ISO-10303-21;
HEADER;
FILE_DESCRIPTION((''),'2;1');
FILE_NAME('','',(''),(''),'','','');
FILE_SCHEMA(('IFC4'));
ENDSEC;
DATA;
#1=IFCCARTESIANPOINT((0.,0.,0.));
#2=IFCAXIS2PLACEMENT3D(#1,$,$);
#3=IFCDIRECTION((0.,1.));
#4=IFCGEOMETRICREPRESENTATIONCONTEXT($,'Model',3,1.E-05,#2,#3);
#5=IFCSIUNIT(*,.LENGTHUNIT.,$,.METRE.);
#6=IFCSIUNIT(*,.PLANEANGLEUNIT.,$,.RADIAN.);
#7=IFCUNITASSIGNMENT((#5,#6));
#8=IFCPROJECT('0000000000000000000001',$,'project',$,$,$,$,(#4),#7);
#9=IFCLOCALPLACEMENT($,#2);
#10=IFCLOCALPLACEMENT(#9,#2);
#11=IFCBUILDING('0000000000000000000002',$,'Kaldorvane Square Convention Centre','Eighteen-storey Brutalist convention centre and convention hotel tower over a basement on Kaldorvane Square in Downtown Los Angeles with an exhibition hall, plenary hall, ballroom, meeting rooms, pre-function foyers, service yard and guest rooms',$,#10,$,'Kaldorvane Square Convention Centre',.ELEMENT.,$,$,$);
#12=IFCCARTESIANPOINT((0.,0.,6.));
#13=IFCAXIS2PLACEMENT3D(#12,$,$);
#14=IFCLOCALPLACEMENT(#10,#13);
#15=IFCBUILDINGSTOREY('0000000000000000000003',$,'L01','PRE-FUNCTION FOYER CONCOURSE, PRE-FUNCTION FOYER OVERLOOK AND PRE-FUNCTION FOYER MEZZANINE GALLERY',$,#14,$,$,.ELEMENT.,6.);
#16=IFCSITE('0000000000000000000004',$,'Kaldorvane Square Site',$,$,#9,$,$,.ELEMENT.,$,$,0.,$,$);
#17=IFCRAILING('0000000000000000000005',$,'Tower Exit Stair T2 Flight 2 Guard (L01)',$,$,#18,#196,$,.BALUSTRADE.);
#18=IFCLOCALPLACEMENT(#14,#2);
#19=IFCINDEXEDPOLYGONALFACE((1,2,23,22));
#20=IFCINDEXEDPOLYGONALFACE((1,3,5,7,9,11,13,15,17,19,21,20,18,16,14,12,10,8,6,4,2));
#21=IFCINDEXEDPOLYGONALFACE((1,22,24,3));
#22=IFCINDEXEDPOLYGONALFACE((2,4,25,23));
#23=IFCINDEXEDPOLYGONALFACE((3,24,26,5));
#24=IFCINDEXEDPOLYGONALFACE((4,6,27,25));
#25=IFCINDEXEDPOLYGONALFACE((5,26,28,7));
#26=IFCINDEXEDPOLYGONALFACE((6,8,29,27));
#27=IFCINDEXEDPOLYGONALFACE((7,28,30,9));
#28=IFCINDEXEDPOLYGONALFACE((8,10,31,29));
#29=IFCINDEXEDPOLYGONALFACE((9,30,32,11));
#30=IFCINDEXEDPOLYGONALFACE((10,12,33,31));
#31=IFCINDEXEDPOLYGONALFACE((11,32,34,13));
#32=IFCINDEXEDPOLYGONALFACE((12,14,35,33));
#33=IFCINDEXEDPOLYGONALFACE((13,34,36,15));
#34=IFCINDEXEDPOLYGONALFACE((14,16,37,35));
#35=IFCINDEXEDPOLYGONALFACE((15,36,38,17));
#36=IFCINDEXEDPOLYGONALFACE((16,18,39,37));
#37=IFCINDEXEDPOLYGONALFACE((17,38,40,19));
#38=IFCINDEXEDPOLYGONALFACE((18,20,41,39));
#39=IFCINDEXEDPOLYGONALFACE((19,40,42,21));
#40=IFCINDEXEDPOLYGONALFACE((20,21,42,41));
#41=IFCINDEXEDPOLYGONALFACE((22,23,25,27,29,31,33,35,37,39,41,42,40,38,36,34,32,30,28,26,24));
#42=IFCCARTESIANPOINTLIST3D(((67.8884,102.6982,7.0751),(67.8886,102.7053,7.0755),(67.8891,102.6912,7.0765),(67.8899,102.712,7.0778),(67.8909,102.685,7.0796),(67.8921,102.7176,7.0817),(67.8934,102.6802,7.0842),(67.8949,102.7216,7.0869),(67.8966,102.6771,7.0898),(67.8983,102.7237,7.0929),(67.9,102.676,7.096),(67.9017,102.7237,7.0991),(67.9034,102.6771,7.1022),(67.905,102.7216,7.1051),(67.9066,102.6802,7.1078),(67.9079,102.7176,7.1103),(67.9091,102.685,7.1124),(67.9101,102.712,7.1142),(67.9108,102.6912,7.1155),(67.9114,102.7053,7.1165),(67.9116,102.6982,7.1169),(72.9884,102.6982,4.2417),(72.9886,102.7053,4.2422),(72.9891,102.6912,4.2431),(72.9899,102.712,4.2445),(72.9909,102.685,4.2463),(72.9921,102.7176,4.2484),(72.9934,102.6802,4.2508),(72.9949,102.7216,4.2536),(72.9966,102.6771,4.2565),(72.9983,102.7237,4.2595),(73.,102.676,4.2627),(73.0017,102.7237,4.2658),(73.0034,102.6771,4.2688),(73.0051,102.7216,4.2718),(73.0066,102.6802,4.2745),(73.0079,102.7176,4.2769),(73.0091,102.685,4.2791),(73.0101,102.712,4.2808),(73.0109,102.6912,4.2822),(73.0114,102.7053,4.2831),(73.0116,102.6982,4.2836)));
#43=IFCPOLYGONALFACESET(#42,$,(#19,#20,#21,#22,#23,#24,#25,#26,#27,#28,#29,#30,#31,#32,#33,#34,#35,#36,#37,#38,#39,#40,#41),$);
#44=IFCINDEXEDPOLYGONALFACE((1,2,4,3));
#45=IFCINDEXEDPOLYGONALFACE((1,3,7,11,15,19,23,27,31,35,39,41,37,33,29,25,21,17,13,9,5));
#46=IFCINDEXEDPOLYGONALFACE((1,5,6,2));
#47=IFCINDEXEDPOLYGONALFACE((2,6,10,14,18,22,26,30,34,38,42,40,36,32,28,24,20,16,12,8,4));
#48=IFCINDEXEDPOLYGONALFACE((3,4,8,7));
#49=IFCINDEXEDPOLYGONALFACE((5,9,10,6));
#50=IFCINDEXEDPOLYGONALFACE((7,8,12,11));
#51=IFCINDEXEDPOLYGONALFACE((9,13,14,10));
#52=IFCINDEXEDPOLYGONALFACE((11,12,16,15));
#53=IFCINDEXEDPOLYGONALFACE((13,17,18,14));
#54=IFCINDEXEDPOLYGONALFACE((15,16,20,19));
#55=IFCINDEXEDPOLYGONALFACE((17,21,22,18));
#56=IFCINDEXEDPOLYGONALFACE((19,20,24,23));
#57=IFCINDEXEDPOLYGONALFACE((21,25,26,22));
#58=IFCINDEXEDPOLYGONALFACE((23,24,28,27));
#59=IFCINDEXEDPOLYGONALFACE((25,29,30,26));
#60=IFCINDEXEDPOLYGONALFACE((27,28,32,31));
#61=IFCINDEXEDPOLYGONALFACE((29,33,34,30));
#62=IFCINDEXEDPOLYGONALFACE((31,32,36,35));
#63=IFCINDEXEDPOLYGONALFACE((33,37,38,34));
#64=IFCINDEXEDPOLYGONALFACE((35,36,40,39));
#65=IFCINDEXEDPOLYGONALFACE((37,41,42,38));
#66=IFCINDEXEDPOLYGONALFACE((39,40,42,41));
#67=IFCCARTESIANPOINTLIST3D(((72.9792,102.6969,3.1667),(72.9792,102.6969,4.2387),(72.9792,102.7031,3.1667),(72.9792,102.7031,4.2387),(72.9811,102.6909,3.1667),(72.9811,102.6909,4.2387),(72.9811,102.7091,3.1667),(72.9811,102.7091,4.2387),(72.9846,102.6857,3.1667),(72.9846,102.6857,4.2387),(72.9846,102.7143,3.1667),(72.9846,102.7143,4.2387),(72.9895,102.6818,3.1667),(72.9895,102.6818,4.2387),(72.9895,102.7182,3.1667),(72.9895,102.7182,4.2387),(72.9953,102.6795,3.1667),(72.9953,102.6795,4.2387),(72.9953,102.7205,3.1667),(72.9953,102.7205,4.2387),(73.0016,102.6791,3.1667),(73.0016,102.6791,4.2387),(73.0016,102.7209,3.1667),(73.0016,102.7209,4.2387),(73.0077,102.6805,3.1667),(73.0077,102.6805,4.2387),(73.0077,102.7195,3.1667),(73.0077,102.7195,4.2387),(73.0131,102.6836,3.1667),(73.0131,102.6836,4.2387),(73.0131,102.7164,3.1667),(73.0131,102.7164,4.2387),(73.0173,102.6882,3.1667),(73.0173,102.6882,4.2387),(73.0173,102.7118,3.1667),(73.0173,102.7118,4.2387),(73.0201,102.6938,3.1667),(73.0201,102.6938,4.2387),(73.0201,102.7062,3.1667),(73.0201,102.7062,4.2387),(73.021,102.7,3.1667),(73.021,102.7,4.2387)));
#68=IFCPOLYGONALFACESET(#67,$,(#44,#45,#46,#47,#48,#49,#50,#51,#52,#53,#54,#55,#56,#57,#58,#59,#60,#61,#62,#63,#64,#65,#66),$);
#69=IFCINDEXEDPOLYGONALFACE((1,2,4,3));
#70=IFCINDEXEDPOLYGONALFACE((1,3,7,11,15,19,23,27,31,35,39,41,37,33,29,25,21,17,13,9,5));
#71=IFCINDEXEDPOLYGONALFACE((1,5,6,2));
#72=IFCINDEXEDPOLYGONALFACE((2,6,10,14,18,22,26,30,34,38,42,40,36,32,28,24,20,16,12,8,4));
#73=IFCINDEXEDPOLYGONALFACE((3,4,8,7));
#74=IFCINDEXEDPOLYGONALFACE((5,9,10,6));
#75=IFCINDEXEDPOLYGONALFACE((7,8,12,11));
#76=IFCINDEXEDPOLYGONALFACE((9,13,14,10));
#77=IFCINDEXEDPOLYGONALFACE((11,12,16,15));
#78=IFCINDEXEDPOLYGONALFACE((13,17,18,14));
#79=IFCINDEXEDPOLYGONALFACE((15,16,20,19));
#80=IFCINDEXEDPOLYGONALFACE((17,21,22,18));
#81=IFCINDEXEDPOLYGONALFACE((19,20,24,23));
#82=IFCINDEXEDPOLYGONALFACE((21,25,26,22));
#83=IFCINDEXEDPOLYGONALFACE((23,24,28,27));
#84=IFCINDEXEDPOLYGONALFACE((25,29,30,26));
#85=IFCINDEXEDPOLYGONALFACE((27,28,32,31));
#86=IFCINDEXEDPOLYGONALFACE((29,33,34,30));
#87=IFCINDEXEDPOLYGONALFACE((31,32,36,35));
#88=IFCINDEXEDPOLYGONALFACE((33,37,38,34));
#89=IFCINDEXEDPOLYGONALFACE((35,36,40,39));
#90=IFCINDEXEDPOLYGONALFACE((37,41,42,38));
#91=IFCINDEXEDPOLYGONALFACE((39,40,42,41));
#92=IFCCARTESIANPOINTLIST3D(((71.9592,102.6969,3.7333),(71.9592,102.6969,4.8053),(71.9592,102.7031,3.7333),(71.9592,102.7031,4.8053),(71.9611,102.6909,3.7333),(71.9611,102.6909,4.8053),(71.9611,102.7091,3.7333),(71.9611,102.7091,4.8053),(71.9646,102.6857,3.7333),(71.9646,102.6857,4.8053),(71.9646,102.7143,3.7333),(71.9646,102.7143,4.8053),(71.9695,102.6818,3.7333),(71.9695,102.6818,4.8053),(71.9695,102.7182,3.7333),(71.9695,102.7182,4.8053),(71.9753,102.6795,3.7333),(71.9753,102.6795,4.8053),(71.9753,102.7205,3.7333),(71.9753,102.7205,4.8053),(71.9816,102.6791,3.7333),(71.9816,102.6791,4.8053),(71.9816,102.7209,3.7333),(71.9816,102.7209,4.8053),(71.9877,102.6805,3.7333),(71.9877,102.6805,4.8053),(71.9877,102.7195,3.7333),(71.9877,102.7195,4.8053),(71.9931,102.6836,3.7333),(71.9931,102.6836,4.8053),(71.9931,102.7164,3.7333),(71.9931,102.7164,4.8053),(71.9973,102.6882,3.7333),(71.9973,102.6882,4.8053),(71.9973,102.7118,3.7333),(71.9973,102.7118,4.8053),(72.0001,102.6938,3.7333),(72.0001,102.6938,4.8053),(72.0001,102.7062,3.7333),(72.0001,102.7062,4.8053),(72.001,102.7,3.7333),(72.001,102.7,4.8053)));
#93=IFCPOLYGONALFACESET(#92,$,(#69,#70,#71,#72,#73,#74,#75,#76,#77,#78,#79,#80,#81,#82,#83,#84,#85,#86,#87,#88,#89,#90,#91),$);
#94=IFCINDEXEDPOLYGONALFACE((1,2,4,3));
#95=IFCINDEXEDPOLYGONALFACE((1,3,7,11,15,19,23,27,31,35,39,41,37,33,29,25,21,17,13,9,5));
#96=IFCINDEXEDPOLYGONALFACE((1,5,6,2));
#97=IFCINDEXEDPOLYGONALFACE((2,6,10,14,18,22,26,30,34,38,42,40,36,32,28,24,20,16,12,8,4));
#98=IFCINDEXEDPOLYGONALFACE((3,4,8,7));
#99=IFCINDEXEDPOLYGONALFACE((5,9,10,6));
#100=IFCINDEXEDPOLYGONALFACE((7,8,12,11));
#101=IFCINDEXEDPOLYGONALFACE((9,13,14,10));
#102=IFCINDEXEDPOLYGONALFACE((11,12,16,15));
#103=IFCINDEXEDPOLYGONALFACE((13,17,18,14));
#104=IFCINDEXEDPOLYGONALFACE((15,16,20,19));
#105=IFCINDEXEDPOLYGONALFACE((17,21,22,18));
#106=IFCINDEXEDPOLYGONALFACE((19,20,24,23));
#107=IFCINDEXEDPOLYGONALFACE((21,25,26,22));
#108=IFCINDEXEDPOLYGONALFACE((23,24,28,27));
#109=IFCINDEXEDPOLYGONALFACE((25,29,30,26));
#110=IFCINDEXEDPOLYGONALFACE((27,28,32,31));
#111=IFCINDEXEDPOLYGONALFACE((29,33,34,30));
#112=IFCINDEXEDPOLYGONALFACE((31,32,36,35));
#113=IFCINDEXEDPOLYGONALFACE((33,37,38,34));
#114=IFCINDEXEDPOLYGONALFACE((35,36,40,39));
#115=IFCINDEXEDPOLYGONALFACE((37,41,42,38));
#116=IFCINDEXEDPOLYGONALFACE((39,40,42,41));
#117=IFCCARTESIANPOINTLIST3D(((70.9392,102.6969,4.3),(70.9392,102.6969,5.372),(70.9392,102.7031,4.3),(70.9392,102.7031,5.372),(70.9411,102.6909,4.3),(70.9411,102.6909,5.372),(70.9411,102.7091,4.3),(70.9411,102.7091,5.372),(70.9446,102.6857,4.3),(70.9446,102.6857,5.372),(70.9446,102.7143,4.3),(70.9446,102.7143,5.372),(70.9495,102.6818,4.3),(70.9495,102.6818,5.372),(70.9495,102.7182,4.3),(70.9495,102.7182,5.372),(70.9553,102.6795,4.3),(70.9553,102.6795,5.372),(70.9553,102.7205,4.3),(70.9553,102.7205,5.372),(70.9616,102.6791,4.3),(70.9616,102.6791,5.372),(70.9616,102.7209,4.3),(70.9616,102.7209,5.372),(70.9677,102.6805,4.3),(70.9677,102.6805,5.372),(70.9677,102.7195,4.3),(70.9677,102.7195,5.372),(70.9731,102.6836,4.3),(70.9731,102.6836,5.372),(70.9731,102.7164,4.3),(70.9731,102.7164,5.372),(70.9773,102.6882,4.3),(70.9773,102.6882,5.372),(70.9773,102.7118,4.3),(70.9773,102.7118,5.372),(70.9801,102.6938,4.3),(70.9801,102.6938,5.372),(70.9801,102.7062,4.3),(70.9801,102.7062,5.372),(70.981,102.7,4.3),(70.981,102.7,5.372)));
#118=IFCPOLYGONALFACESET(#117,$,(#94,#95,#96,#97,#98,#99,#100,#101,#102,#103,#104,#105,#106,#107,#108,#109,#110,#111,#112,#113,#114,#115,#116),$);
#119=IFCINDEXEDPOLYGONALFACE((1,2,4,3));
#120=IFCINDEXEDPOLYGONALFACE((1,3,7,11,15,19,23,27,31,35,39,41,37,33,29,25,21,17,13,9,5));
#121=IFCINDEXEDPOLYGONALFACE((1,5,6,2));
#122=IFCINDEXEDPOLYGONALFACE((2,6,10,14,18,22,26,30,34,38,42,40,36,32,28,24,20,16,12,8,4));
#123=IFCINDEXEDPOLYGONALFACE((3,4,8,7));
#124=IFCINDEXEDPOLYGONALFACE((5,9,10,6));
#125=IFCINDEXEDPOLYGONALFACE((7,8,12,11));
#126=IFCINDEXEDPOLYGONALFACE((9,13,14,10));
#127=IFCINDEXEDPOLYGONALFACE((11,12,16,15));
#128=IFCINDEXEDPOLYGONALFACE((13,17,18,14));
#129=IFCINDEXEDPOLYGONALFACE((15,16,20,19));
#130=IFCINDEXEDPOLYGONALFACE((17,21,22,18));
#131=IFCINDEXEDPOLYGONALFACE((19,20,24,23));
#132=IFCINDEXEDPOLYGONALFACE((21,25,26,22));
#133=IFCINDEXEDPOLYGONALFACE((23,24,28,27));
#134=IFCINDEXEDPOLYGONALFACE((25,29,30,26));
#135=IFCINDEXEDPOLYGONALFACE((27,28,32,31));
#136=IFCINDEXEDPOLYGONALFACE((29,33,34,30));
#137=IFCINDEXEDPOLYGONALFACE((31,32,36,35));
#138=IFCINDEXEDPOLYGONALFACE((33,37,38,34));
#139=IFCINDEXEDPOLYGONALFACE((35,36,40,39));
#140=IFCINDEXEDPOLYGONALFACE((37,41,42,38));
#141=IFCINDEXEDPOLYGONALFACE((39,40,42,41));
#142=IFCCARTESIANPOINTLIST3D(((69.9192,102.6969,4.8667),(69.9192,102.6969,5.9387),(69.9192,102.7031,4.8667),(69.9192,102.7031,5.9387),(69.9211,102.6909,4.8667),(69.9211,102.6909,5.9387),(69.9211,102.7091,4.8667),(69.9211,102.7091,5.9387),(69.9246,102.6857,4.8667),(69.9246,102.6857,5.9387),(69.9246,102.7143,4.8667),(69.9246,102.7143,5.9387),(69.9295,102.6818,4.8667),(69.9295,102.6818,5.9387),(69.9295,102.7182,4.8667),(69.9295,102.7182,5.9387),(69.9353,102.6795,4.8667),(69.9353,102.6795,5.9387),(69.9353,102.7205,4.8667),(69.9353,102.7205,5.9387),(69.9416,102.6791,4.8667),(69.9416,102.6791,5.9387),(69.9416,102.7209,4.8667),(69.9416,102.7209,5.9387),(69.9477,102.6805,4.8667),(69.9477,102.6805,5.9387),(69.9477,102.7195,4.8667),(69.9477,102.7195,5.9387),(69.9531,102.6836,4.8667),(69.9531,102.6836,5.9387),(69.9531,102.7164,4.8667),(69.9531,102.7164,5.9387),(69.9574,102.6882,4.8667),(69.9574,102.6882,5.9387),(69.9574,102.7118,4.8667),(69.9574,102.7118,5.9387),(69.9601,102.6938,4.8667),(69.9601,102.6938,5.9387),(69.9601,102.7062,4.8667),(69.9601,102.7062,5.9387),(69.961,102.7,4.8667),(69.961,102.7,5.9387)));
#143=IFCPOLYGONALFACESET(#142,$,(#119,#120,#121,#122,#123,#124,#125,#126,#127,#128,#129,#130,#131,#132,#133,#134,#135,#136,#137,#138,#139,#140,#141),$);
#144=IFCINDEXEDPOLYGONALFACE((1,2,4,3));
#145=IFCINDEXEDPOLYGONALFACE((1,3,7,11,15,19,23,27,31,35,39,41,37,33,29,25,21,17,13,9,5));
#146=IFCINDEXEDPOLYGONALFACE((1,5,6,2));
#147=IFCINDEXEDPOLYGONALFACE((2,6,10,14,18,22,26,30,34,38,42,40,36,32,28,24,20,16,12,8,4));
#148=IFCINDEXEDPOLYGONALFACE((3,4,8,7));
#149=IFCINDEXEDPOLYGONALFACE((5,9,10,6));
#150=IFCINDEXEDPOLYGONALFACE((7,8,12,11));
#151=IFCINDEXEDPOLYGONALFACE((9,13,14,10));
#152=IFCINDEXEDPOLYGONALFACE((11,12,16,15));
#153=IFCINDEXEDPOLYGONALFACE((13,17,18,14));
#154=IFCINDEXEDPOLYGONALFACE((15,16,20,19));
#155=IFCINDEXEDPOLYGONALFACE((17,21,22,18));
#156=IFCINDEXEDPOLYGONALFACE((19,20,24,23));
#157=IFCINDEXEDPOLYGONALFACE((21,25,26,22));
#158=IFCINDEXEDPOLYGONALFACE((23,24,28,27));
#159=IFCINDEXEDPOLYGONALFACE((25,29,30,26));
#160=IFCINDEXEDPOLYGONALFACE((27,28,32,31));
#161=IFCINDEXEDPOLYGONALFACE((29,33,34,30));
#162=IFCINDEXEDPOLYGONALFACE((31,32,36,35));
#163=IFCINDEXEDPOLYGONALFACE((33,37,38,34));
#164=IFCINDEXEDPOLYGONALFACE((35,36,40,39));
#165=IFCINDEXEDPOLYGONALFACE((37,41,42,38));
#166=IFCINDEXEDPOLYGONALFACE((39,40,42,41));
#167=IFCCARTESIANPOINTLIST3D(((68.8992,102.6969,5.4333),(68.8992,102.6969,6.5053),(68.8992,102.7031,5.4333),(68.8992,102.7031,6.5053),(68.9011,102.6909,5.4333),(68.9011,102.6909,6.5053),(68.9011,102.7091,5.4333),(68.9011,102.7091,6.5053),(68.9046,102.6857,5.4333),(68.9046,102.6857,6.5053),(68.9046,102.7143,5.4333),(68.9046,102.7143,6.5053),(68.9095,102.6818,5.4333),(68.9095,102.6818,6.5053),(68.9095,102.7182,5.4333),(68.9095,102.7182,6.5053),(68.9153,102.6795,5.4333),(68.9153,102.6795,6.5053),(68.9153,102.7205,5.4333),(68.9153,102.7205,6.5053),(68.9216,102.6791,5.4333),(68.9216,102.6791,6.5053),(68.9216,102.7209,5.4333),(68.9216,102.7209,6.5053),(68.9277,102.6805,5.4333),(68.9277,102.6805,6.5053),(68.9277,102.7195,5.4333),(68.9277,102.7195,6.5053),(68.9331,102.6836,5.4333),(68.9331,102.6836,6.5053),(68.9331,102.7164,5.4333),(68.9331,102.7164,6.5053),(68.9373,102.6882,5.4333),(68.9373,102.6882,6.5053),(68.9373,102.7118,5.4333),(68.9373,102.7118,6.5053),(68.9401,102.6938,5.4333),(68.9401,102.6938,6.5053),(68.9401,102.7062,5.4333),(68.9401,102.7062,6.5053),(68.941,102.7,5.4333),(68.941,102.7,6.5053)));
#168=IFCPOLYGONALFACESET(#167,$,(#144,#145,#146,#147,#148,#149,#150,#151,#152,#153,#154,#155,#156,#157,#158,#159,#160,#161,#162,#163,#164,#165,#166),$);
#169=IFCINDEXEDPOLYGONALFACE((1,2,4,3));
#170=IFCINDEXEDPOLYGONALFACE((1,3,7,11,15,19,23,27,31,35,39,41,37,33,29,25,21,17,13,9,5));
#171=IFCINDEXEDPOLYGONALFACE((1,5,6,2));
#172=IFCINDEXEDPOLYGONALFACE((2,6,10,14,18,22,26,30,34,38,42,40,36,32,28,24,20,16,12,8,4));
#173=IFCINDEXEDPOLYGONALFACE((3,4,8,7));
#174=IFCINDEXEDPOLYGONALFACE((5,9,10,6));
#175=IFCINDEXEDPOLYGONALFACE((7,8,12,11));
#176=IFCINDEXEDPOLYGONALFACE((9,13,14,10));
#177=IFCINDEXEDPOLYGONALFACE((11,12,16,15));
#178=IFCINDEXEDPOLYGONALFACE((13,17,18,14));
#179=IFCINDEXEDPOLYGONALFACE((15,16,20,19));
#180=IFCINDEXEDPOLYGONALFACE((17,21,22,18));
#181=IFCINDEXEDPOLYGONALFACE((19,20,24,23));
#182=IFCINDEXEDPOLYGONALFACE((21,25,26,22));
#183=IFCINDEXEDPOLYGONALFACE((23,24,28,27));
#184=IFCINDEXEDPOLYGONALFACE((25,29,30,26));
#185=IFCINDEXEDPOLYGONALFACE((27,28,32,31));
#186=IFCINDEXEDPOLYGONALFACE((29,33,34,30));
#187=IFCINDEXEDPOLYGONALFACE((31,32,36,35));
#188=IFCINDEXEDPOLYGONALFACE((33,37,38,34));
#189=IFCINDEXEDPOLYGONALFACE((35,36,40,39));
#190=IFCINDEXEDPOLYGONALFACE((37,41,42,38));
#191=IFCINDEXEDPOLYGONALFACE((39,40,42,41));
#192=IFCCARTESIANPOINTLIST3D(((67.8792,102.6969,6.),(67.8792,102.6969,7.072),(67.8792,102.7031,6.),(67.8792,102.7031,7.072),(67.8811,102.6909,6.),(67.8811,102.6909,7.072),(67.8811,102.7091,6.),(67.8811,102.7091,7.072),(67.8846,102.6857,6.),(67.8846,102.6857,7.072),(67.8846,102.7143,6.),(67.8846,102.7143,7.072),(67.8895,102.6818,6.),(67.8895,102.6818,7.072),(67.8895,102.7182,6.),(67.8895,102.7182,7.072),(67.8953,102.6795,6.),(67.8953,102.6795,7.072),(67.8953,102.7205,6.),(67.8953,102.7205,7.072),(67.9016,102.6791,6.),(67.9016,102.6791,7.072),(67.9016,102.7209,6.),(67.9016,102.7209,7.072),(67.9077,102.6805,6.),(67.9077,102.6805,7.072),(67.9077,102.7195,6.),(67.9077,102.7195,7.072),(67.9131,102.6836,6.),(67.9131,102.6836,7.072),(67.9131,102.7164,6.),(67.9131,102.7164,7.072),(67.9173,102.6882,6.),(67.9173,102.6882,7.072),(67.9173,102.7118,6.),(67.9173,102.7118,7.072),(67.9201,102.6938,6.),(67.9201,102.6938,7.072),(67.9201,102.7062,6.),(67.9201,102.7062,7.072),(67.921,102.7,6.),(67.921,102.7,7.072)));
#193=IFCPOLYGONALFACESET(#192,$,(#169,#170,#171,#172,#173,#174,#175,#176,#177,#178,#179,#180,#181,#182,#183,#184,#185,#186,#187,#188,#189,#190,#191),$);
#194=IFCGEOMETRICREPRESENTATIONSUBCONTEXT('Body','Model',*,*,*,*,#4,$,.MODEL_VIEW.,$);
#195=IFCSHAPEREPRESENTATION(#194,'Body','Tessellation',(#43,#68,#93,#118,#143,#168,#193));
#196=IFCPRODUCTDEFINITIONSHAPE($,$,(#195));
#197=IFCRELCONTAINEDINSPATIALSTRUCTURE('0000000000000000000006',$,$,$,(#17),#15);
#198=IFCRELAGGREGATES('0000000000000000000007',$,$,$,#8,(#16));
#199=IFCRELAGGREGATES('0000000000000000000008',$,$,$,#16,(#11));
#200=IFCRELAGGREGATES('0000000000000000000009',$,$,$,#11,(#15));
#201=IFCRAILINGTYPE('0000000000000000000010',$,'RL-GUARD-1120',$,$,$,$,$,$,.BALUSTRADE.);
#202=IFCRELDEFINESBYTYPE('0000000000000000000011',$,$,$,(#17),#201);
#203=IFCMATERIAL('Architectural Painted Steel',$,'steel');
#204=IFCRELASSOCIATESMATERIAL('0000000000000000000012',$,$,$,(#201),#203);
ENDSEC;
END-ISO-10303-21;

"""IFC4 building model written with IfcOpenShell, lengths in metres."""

from ifc_helpers import new_model, si_unit, direction, frame, origin, origin_2d, place, context, subcontext, project, spatial, circle, extrude, material, type_object, element, save


model = new_model("IFC4")

# Units and contexts
model_context = context("Model", 3, precision=1e-05, world=origin(), true_north=direction((0.0, 1.0)))
body_context = subcontext(model_context, "Body", "Model", "MODEL_VIEW")
ifc_project = project(units=[si_unit("LENGTHUNIT", "METRE"), si_unit("PLANEANGLEUNIT", "RADIAN")], contexts=[model_context])

# Site, building, storey
site_placement = place(None, origin())
site = spatial("IfcSite", under=ifc_project, at=site_placement, Name="Kaldorvane Square Site", CompositionType="ELEMENT", RefElevation=0.0)
building_placement = place(site_placement, origin())
building = spatial("IfcBuilding", under=site, at=building_placement, Name="Kaldorvane Square Convention Centre", Description="Eighteen-storey Brutalist convention centre and convention hotel tower over a basement on Kaldorvane Square in Downtown Los Angeles with an exhibition hall, plenary hall, ballroom, meeting rooms, pre-function foyers, service yard and guest rooms", LongName="Kaldorvane Square Convention Centre", CompositionType="ELEMENT")
storey_placement = place(building_placement, frame((0.0, 0.0, 6.0)))
storey = spatial("IfcBuildingStorey", under=building, at=storey_placement, Name="L01", Description="PRE-FUNCTION FOYER CONCOURSE, PRE-FUNCTION FOYER OVERLOOK AND PRE-FUNCTION FOYER MEZZANINE GALLERY", CompositionType="ELEMENT", Elevation=6.0)

# Railing
ifc_material_1 = material(Name="Architectural Painted Steel", Category="steel")
railing_type_1 = type_object("IfcRailingType", Name="RL-GUARD-1120", PredefinedType="BALUSTRADE", material=ifc_material_1)
railing_1_placement = place(storey_placement, frame((73.0, 102.7, 3.1667)))
element("IfcRailing", 1, at=railing_1_placement, inside=storey, type_object=railing_type_1, Name="Tower Exit Stair T2 Flight 2 Guard (L01)", PredefinedType="BALUSTRADE", context=body_context, shape_type="SweptSolid", body=[
    extrude(circle(Radius=0.024, at=origin_2d()), frame((0.0, 0.0, 1.096), z_axis=(-0.874158, 0.0, 0.485642), x_axis=(0.0, -1.0, 0.0)), (0.0, 0.0, 1.0), 5.8342),
    extrude(circle(Radius=0.021, at=origin_2d()), origin(), (0.0, 0.0, 1.0), 1.072),
    extrude(circle(Radius=0.021, at=origin_2d()), frame((-1.02, 0.0, 0.5667)), (0.0, 0.0, 1.0), 1.072),
    extrude(circle(Radius=0.021, at=origin_2d()), frame((-2.04, 0.0, 1.1333)), (0.0, 0.0, 1.0), 1.072),
    extrude(circle(Radius=0.021, at=origin_2d()), frame((-3.06, 0.0, 1.7)), (0.0, 0.0, 1.0), 1.072),
    extrude(circle(Radius=0.021, at=origin_2d()), frame((-4.08, 0.0, 2.2667)), (0.0, 0.0, 1.0), 1.072),
    extrude(circle(Radius=0.021, at=origin_2d()), frame((-5.1, 0.0, 2.8333)), (0.0, 0.0, 1.0), 1.072),
])

save(model, "model.ifc")
